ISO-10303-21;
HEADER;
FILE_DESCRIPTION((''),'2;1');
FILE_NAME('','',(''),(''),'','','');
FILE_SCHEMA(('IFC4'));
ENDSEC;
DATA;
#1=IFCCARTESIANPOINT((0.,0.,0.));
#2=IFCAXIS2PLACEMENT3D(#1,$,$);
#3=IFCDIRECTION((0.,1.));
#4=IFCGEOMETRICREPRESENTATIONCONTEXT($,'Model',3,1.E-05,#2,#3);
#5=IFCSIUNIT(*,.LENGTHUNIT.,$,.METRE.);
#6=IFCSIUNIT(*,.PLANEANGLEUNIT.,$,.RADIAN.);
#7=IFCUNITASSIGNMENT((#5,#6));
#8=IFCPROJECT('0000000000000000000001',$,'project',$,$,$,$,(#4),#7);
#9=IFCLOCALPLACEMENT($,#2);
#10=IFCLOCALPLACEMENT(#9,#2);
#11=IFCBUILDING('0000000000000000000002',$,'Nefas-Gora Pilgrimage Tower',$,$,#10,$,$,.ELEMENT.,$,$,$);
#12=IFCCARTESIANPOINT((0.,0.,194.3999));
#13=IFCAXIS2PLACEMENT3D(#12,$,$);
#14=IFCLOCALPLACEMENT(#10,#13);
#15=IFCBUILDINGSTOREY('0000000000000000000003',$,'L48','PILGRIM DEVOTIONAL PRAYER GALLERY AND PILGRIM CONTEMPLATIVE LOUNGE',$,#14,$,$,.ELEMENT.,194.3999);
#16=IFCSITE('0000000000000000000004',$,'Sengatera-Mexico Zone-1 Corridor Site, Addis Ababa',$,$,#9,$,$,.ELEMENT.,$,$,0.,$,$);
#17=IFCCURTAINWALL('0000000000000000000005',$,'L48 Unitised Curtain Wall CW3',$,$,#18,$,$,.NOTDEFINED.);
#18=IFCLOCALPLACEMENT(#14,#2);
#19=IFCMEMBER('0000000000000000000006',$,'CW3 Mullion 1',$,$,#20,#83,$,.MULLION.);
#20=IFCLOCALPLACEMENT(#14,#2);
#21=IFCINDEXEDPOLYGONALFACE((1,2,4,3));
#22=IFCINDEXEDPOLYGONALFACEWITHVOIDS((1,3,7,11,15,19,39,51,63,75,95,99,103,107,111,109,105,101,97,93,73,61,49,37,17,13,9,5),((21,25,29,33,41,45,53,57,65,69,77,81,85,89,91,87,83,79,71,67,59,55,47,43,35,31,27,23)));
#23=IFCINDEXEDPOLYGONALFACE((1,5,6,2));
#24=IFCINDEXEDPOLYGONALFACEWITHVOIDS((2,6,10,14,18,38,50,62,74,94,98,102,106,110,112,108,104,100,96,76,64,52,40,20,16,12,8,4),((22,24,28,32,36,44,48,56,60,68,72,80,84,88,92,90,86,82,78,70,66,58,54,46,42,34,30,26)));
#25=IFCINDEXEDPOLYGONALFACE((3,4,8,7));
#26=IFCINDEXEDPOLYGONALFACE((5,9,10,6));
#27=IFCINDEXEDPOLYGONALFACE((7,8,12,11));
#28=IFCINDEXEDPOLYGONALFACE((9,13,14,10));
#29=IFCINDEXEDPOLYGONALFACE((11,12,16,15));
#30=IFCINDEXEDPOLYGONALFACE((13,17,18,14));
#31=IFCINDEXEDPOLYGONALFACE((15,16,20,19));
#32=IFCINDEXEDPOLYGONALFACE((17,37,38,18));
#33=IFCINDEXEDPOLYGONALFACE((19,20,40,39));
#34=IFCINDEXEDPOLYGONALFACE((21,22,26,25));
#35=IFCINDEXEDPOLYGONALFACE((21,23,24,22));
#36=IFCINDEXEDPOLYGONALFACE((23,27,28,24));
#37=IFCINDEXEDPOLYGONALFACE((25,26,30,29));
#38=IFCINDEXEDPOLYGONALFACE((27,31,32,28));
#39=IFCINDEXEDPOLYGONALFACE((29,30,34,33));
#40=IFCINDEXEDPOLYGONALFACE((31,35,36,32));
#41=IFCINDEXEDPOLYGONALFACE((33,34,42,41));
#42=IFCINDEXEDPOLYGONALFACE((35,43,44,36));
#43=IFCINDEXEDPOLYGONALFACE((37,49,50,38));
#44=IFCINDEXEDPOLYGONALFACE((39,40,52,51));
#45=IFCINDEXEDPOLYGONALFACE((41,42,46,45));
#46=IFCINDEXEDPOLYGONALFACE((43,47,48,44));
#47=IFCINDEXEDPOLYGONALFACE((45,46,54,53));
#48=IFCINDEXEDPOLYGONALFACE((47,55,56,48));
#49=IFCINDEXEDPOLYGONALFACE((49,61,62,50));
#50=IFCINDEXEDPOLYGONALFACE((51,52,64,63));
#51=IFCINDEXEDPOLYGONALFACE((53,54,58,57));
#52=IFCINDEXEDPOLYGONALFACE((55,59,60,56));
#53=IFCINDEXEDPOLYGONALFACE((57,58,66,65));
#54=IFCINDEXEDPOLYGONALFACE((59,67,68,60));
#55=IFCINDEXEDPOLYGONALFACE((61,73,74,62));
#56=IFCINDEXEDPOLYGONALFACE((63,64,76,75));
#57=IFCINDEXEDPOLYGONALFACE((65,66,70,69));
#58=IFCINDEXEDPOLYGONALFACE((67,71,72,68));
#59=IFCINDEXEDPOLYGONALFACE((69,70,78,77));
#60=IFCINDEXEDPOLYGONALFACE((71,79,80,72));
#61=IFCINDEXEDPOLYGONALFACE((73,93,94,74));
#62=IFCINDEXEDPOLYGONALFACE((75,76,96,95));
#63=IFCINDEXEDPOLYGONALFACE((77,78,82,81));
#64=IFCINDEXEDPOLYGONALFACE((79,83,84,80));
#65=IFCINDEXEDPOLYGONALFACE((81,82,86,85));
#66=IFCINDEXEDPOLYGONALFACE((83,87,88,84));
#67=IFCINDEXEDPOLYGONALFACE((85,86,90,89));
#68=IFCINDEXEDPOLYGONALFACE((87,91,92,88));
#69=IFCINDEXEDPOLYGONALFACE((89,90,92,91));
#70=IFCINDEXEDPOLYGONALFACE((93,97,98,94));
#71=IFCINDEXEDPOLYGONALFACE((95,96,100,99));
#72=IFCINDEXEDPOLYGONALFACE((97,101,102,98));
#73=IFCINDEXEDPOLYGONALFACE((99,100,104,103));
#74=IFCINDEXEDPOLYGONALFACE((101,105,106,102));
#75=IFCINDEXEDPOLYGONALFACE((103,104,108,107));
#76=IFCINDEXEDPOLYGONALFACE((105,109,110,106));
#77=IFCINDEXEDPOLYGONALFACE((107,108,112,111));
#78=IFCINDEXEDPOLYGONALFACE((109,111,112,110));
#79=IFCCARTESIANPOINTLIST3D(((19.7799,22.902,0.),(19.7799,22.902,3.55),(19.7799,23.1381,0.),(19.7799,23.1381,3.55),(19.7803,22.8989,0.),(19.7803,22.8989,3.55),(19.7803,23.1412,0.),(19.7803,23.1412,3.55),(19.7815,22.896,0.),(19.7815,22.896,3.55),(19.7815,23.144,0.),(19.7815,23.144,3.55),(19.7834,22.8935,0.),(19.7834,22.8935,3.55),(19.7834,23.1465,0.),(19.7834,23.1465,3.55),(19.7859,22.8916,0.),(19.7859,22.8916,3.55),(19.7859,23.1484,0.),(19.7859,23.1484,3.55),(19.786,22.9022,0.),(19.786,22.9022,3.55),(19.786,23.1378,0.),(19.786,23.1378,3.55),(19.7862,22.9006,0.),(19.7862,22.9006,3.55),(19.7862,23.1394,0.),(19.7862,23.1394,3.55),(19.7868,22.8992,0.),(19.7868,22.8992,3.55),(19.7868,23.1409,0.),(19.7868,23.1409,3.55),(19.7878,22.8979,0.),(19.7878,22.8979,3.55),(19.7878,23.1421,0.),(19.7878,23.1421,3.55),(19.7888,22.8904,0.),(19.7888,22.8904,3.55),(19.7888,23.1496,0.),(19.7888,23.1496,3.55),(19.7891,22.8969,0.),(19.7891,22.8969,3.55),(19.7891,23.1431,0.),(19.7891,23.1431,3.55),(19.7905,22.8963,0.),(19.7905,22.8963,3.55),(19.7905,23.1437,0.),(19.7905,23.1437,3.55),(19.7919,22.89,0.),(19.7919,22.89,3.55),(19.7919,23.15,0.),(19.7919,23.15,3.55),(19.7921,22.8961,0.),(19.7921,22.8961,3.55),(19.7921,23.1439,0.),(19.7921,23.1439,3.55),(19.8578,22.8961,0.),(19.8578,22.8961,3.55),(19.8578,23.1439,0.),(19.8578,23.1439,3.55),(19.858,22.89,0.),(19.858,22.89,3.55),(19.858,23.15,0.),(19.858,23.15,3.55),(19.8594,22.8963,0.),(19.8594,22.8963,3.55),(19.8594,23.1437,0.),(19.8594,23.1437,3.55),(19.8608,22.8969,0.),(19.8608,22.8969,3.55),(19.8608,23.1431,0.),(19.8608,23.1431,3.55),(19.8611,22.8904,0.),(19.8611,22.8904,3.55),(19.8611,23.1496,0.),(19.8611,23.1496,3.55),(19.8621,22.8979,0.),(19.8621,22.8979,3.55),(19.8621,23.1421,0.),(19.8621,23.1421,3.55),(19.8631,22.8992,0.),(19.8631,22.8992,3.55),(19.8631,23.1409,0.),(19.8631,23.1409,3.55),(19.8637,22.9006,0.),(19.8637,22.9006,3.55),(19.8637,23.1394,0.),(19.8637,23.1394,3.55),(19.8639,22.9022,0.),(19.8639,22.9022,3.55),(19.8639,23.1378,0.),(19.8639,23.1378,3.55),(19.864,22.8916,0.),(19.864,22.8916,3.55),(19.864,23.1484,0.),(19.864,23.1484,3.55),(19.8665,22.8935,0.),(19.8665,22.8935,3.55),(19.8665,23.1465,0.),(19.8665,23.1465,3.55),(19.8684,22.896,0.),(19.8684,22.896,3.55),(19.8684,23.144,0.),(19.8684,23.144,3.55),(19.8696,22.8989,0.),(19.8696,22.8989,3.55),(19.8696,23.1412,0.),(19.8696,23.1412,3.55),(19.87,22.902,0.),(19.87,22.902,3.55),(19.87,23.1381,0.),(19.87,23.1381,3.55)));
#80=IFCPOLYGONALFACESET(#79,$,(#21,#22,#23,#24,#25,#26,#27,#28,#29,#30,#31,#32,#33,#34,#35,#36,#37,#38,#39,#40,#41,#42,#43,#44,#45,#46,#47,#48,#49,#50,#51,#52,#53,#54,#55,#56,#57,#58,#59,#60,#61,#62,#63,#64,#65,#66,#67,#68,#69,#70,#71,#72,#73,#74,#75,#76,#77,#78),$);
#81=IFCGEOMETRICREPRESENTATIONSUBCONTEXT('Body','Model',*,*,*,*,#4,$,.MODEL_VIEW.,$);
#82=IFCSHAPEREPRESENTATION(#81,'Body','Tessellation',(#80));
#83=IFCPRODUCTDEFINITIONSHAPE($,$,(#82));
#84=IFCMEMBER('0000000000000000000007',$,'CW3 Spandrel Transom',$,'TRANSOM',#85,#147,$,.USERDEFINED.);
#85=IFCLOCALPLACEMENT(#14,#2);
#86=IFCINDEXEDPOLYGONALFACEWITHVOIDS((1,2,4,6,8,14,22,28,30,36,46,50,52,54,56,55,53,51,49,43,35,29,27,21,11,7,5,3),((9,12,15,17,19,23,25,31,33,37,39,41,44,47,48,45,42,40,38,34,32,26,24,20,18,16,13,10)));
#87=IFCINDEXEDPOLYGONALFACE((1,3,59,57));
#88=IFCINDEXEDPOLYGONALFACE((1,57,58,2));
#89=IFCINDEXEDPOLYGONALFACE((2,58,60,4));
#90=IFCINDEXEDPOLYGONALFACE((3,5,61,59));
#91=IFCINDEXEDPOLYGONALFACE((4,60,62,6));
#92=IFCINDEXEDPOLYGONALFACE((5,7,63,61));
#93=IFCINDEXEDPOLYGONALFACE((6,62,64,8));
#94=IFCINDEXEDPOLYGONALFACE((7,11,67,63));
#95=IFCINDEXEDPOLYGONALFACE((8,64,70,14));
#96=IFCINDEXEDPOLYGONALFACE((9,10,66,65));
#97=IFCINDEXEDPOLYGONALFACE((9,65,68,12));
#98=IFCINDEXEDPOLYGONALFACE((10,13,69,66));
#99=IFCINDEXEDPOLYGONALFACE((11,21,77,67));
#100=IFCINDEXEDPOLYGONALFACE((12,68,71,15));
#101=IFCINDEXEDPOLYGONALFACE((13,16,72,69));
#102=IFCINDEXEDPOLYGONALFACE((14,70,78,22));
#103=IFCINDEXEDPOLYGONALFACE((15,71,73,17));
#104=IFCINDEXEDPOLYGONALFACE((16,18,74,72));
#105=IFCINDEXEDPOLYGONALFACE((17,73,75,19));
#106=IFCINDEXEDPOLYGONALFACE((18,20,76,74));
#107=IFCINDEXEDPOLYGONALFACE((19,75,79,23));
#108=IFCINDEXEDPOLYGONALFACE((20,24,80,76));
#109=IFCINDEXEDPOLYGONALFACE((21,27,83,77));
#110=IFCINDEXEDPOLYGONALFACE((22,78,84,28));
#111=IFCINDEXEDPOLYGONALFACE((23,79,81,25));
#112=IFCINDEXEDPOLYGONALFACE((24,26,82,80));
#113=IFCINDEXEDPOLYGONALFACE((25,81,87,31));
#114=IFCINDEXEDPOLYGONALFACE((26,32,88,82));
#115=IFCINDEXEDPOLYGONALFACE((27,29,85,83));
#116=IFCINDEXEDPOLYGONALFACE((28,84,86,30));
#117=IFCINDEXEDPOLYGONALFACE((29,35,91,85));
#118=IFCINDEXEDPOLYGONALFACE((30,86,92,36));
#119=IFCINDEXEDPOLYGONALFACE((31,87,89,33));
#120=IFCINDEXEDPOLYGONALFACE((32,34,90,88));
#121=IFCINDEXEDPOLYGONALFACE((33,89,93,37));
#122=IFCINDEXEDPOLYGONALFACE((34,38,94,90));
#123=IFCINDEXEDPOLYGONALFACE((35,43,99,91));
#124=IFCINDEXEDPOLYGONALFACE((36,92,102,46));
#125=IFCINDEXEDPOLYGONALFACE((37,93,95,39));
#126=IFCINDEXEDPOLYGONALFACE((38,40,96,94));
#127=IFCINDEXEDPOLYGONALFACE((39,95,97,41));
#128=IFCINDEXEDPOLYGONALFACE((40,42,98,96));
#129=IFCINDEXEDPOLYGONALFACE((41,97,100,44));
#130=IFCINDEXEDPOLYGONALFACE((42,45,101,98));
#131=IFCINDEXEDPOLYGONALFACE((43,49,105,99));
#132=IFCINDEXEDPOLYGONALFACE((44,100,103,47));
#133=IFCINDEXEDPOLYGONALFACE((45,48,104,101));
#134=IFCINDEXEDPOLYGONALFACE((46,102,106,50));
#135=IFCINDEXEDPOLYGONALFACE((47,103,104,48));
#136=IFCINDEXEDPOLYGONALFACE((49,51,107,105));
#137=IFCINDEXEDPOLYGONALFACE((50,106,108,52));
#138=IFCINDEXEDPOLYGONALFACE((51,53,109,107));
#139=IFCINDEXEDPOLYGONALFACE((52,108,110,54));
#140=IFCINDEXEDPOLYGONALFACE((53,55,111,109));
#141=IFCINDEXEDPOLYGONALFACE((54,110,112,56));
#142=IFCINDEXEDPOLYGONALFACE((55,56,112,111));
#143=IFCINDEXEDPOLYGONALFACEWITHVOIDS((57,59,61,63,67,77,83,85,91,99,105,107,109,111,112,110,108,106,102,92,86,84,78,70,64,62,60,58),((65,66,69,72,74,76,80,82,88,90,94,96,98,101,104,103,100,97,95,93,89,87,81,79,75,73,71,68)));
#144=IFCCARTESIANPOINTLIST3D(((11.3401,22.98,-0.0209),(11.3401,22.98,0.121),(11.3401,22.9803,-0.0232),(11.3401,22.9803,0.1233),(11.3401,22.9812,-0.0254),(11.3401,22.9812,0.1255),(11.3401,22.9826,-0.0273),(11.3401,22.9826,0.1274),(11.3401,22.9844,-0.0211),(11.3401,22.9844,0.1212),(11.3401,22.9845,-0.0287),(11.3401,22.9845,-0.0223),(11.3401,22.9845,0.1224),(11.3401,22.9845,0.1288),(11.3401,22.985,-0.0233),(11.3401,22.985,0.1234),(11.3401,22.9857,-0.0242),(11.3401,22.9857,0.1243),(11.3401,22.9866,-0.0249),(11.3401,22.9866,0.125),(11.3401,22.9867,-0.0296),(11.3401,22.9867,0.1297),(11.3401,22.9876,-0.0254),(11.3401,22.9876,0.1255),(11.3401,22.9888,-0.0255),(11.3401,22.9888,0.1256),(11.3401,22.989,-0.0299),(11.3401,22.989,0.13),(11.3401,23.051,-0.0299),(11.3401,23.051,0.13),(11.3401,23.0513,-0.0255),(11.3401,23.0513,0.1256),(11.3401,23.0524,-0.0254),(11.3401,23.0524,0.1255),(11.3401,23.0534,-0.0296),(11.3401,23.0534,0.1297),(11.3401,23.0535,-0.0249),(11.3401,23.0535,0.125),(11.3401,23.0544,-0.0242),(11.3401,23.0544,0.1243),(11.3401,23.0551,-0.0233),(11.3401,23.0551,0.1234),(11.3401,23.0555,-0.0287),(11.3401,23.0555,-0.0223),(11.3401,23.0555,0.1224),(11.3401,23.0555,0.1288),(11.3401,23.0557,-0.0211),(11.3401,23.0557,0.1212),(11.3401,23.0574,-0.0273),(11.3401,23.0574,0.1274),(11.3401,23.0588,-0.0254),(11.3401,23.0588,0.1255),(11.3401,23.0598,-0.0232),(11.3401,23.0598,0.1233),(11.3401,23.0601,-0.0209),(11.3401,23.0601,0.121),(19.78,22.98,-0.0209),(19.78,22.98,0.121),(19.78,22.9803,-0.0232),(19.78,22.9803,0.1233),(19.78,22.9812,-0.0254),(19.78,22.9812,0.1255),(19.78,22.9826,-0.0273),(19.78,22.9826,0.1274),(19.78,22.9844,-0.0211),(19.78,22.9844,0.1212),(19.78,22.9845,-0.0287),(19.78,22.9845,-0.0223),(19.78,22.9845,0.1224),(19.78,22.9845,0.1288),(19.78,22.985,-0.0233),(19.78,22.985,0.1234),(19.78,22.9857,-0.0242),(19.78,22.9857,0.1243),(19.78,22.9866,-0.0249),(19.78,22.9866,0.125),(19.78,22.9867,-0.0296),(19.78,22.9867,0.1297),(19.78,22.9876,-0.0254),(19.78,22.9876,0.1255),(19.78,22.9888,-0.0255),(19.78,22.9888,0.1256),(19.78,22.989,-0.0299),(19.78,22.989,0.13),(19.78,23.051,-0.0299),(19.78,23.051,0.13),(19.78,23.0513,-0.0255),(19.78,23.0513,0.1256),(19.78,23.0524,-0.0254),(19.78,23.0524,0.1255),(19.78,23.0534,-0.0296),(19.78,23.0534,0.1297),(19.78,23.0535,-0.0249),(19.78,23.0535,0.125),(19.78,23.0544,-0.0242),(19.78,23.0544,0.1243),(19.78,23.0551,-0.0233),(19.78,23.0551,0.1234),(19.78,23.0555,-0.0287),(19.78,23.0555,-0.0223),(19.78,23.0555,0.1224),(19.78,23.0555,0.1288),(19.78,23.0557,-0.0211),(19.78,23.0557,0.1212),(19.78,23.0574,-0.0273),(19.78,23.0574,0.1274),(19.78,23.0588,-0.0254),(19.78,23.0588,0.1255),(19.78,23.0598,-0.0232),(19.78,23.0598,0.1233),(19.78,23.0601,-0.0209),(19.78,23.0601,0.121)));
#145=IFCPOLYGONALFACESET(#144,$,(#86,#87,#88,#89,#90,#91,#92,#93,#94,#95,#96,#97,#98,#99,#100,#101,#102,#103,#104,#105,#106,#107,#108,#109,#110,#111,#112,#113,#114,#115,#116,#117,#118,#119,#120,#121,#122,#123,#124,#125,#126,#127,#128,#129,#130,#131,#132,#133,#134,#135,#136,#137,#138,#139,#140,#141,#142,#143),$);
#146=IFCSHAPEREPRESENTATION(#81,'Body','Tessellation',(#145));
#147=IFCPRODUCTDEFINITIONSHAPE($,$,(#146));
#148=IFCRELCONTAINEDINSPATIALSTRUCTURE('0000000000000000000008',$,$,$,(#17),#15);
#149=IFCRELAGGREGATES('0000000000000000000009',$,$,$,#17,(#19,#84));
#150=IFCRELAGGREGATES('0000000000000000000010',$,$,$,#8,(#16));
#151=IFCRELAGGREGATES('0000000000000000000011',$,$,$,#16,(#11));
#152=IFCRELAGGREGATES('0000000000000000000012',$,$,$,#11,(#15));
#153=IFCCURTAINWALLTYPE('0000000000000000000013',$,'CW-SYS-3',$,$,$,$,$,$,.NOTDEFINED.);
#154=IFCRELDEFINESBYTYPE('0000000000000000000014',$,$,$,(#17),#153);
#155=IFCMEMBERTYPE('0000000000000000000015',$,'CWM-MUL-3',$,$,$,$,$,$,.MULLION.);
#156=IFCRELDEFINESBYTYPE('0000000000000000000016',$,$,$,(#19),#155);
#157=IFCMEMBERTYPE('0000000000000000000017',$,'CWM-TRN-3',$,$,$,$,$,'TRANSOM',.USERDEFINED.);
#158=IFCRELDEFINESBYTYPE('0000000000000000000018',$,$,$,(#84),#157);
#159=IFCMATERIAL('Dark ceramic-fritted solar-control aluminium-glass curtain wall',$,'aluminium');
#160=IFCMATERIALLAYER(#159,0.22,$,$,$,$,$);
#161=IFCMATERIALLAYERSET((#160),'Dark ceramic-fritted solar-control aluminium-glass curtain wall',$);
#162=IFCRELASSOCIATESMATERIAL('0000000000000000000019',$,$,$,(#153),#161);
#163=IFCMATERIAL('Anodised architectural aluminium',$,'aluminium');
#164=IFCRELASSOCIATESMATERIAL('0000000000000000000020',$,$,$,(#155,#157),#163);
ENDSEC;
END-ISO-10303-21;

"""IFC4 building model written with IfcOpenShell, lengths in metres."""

from ifc_helpers import new_model, si_unit, direction, frame, origin, origin_2d, place, context, subcontext, project, spatial, hollow_rectangle, extrude, source, transform, mapped, material, layer, layer_set, material_profile, profile_set, type_object, element, aggregate, save


model = new_model("IFC4")

# Units and contexts
model_context = context("Model", 3, precision=1e-05, world=origin(), true_north=direction((0.0, 1.0)))
body_context = subcontext(model_context, "Body", "Model", "MODEL_VIEW")
ifc_project = project(units=[si_unit("LENGTHUNIT", "METRE"), si_unit("PLANEANGLEUNIT", "RADIAN")], contexts=[model_context])

# Site, building, storey
site_placement = place(None, origin())
site = spatial("IfcSite", under=ifc_project, at=site_placement, Name="Sengatera-Mexico Zone-1 Corridor Site, Addis Ababa", CompositionType="ELEMENT", RefElevation=0.0)
building_placement = place(site_placement, origin())
building = spatial("IfcBuilding", under=site, at=building_placement, Name="Nefas-Gora Pilgrimage Tower", CompositionType="ELEMENT")
storey_placement = place(building_placement, frame((0.0, 0.0, 194.3999)))
storey = spatial("IfcBuildingStorey", under=building, at=storey_placement, Name="L48", Description="PILGRIM DEVOTIONAL PRAYER GALLERY AND PILGRIM CONTEMPLATIVE LOUNGE", CompositionType="ELEMENT", Elevation=194.3999)

# Curtain wall, members
ifc_material_1 = material(Name="Dark ceramic-fritted solar-control aluminium-glass curtain wall", Category="aluminium")
ifc_layer_1 = layer(ifc_material_1, 0.22)
ifc_layer_set_1 = layer_set([ifc_layer_1], Name="Dark ceramic-fritted solar-control aluminium-glass curtain wall")
curtain_wall_type = type_object("IfcCurtainWallType", Name="CW-SYS-3", PredefinedType="NOTDEFINED", material=ifc_layer_set_1)
ifc_material_2 = material(Name="Anodised architectural aluminium", Category="aluminium")
ifc_material_profile_1 = material_profile(ifc_material_2, hollow_rectangle(XDim=0.0901, YDim=0.26, WallThickness=0.0061, InnerFilletRadius=0.0061, OuterFilletRadius=0.012, at=origin_2d()), Name="ALU MULLION 90x260")
ifc_profile_set_1 = profile_set([ifc_material_profile_1], Name="Anodised architectural aluminium")
member_type_1 = type_object("IfcMemberType", Name="CWM-MUL-3", PredefinedType="MULLION", material=ifc_profile_set_1)
shared_shape_1 = source(origin(), body_context, "Body", "SweptSolid", [
    extrude(hollow_rectangle(XDim=0.0901, YDim=0.26, WallThickness=0.0061, InnerFilletRadius=0.0061, OuterFilletRadius=0.012, at=origin_2d()), origin(), (0.0, 0.0, 1.0), 3.55),
])
curtain_wall_1_placement = place(storey_placement, origin())
curtain_wall_1 = element("IfcCurtainWall", 1, at=curtain_wall_1_placement, inside=storey, type_object=curtain_wall_type, Name="L48 Unitised Curtain Wall CW3", PredefinedType="NOTDEFINED")
member_1_placement = place(storey_placement, frame((19.825, 23.02, 0.0), z_axis=(0.0, 0.0, 1.0), x_axis=(-1.0, 0.0, 0.0)))
member_1 = element("IfcMember", 2, at=member_1_placement, type_object=member_type_1, Name="CW3 Mullion 1", PredefinedType="MULLION", context=body_context, shape_type="MappedRepresentation", body=[
    mapped(shared_shape_1, transform((0.0, 0.0, 0.0), x_axis=(1.0, 0.0, 0.0), y_axis=(0.0, 1.0, 0.0), z_axis=(0.0, 0.0, 1.0), scale=1.0)),
])
ifc_material_profile_2 = material_profile(ifc_material_2, hollow_rectangle(XDim=0.0801, YDim=0.1599, WallThickness=0.0044, InnerFilletRadius=0.0044, OuterFilletRadius=0.009, at=origin_2d()), Name="ALU TRANSOM 80x160")
ifc_profile_set_2 = profile_set([ifc_material_profile_2], Name="Anodised architectural aluminium")
member_type_2 = type_object("IfcMemberType", Name="CWM-TRN-3", ElementType="TRANSOM", PredefinedType="USERDEFINED", material=ifc_profile_set_2)
shared_shape_2 = source(origin(), body_context, "Body", "SweptSolid", [
    extrude(hollow_rectangle(XDim=0.0801, YDim=0.1599, WallThickness=0.0044, InnerFilletRadius=0.0044, OuterFilletRadius=0.009, at=origin_2d()), origin(), (0.0, 0.0, 1.0), 8.4399),
])
member_2_placement = place(storey_placement, frame((19.78, 23.02, 0.05), z_axis=(-1.0, 0.0, 0.0), x_axis=(0.0, -1.0, 0.0)))
member_2 = element("IfcMember", 3, at=member_2_placement, type_object=member_type_2, Name="CW3 Spandrel Transom", ObjectType="TRANSOM", PredefinedType="USERDEFINED", context=body_context, shape_type="MappedRepresentation", body=[
    mapped(shared_shape_2, transform((0.0, 0.0, 0.0), x_axis=(1.0, 0.0, 0.0), y_axis=(0.0, 1.0, 0.0), z_axis=(0.0, 0.0, 1.0), scale=1.0)),
])

aggregate(curtain_wall_1, [member_1, member_2])

save(model, "model.ifc")
